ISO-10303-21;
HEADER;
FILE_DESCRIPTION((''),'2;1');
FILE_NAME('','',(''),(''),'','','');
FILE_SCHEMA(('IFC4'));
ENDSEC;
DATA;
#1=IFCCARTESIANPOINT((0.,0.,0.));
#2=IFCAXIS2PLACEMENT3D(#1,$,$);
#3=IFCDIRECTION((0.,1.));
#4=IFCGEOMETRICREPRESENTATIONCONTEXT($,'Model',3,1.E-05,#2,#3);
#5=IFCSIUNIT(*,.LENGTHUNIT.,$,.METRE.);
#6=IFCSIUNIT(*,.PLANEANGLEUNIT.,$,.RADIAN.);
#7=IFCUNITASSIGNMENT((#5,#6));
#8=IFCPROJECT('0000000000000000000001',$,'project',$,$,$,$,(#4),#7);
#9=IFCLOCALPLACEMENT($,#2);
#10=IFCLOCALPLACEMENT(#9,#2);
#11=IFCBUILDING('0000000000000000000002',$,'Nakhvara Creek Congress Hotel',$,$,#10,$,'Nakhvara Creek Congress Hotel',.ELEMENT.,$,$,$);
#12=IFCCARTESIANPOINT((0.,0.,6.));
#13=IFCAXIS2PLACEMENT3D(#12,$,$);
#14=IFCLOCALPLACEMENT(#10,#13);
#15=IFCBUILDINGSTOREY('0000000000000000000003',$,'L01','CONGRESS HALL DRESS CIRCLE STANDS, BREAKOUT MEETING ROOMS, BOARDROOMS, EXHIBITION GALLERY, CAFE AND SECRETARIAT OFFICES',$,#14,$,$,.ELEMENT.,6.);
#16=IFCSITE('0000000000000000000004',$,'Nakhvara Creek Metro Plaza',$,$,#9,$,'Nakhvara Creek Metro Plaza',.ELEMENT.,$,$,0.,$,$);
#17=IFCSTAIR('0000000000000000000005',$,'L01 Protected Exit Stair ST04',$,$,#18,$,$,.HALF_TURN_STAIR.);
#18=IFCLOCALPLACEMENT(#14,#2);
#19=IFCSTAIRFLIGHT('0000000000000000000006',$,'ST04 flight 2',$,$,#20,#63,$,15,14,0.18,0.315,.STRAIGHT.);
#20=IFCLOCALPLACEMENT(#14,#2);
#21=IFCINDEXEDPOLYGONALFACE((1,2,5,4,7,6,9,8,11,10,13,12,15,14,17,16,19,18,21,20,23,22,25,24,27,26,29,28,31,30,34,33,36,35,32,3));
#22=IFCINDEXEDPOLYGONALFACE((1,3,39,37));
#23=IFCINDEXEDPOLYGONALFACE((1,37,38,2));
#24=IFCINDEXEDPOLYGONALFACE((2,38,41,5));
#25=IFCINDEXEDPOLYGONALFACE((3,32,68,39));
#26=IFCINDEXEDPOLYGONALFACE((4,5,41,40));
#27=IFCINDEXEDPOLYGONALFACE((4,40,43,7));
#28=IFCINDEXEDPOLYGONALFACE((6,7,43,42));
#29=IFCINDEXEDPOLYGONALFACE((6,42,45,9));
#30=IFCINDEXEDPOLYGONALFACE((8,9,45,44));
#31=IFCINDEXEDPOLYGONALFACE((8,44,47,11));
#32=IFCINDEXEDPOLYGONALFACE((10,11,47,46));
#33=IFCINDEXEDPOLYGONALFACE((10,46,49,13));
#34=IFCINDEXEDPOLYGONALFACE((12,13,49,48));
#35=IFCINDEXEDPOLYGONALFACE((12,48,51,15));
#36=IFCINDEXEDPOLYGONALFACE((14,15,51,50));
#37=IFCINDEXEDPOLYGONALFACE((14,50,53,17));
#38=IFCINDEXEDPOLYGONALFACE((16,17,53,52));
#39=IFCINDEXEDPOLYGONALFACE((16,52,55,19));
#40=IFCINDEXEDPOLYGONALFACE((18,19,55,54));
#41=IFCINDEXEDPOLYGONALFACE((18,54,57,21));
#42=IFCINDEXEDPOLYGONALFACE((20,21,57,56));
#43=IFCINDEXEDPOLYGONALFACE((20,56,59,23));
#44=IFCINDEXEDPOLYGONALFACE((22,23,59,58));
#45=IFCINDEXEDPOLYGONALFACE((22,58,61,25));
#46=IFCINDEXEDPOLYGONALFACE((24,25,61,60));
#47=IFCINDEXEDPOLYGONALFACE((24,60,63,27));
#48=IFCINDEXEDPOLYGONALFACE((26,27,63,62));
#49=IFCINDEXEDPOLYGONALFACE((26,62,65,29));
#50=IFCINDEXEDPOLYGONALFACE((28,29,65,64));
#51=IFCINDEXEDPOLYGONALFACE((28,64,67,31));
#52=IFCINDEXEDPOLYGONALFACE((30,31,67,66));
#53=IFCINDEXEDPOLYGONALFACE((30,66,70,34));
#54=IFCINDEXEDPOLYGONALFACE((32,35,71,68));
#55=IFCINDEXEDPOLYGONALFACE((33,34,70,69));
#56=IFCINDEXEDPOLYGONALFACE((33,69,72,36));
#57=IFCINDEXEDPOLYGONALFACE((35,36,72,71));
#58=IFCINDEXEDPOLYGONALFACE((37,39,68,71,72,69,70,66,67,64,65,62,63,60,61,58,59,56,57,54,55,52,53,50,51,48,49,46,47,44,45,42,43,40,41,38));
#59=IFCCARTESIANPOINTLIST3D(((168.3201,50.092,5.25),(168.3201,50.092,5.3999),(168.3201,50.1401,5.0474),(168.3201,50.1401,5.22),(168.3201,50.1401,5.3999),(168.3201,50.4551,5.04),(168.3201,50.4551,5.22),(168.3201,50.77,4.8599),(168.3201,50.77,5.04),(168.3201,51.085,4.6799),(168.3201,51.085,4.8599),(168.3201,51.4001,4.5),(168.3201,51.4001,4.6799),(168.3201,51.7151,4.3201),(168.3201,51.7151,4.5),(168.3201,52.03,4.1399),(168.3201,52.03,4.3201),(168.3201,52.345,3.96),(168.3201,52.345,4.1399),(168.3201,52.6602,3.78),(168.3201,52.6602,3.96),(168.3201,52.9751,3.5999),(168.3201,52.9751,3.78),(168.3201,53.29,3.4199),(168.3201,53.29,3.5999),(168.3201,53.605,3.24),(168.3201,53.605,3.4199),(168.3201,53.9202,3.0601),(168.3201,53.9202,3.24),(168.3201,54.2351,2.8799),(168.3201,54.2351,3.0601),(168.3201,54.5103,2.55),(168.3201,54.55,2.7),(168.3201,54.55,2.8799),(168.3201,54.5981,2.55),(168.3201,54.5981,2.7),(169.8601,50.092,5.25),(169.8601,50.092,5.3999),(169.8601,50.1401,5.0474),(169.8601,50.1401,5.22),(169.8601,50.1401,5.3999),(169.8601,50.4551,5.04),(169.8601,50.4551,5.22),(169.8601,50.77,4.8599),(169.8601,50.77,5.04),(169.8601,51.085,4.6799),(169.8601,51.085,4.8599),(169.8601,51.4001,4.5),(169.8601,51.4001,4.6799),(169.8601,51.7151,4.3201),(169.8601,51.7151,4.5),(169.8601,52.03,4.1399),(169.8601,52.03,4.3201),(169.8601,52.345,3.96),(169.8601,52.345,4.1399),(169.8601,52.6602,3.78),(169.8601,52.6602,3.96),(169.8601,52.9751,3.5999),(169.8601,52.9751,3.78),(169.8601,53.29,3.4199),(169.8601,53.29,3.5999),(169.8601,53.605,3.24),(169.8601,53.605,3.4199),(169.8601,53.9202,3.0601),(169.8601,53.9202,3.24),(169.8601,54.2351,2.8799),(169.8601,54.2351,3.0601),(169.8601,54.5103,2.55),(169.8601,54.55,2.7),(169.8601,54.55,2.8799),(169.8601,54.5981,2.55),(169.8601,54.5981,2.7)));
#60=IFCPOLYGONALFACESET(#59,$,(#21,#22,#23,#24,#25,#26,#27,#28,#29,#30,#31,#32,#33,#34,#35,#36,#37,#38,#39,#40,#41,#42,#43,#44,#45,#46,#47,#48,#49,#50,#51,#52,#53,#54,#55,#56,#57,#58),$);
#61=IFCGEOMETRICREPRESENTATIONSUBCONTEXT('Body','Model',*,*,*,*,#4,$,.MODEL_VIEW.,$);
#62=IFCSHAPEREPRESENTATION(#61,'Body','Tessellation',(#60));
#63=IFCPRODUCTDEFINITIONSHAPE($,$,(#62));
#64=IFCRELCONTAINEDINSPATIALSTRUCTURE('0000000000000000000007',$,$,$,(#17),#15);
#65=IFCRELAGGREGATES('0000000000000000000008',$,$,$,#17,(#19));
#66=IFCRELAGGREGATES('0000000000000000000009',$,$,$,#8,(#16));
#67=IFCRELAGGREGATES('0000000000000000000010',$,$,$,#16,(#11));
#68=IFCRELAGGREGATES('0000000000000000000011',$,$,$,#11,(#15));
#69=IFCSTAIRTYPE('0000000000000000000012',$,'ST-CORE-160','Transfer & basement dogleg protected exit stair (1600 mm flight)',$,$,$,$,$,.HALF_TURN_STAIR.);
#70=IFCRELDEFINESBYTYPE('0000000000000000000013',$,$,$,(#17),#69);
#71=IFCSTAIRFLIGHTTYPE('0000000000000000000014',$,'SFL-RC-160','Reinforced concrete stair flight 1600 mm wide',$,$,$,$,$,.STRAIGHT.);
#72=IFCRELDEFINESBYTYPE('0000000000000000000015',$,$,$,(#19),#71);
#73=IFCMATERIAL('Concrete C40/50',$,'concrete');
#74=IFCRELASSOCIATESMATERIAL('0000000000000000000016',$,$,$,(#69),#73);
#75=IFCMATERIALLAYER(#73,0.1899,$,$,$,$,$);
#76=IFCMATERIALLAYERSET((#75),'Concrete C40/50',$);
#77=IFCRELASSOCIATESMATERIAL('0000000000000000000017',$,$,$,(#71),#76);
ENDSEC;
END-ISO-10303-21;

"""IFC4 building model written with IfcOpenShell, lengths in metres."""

from ifc_helpers import new_model, si_unit, direction, frame, origin, place, context, subcontext, project, spatial, polyline, outline, extrude, material, layer, layer_set, type_object, element, aggregate, save


model = new_model("IFC4")

# Units and contexts
model_context = context("Model", 3, precision=1e-05, world=origin(), true_north=direction((0.0, 1.0)))
body_context = subcontext(model_context, "Body", "Model", "MODEL_VIEW")
ifc_project = project(units=[si_unit("LENGTHUNIT", "METRE"), si_unit("PLANEANGLEUNIT", "RADIAN")], contexts=[model_context])

# Site, building, storey
site_placement = place(None, origin())
site = spatial("IfcSite", under=ifc_project, at=site_placement, Name="Nakhvara Creek Metro Plaza", LongName="Nakhvara Creek Metro Plaza", CompositionType="ELEMENT", RefElevation=0.0)
building_placement = place(site_placement, origin())
building = spatial("IfcBuilding", under=site, at=building_placement, Name="Nakhvara Creek Congress Hotel", LongName="Nakhvara Creek Congress Hotel", CompositionType="ELEMENT")
storey_placement = place(building_placement, frame((0.0, 0.0, 6.0)))
storey = spatial("IfcBuildingStorey", under=building, at=storey_placement, Name="L01", Description="CONGRESS HALL DRESS CIRCLE STANDS, BREAKOUT MEETING ROOMS, BOARDROOMS, EXHIBITION GALLERY, CAFE AND SECRETARIAT OFFICES", CompositionType="ELEMENT", Elevation=6.0)

# Shared definitions
ifc_material_1 = material(Name="Concrete C40/50", Category="concrete")

# Stair, stair flight
stair_type = type_object("IfcStairType", Name="ST-CORE-160", Description="Transfer & basement dogleg protected exit stair (1600 mm flight)", PredefinedType="HALF_TURN_STAIR", material=ifc_material_1)
stair_placement = place(storey_placement, origin())
stair = element("IfcStair", 1, at=stair_placement, inside=storey, type_object=stair_type, Name="L01 Protected Exit Stair ST04", PredefinedType="HALF_TURN_STAIR")
ifc_layer_1 = layer(ifc_material_1, 0.1899)
ifc_layer_set_1 = layer_set([ifc_layer_1], Name="Concrete C40/50")
stair_flight_type = type_object("IfcStairFlightType", Name="SFL-RC-160", Description="Reinforced concrete stair flight 1600 mm wide", PredefinedType="STRAIGHT", material=ifc_layer_set_1)
stair_flight_1_placement = place(storey_placement, frame((169.0901, 54.55, 2.7), z_axis=(0.0, 0.0, 1.0), x_axis=(0.0, -1.0, 0.0)))
stair_flight_1 = element("IfcStairFlight", 2, at=stair_flight_1_placement, type_object=stair_flight_type, Name="ST04 flight 2", NumberOfRisers=15, NumberOfTreads=14, PredefinedType="STRAIGHT", RiserHeight=0.18, TreadLength=0.315, context=body_context, shape_type="SweptSolid", body=[
    extrude(outline(polyline([(-0.0481, 0.0), (0.0, 0.0), (0.0, 0.1799), (0.3149, 0.1799), (0.3149, 0.3601), (0.6299, 0.3601), (0.6299, 0.54), (0.9451, 0.54), (0.9451, 0.72), (1.26, 0.72), (1.26, 0.8999), (1.575, 0.8999), (1.575, 1.0801), (1.8899, 1.0801), (1.8899, 1.26), (2.2051, 1.26), (2.2051, 1.4399), (2.52, 1.4399), (2.52, 1.6201), (2.835, 1.6201), (2.835, 1.8), (3.1499, 1.8), (3.1499, 1.98), (3.4651, 1.98), (3.4651, 2.1599), (3.78, 2.1599), (3.78, 2.3401), (4.095, 2.3401), (4.095, 2.52), (4.4099, 2.52), (4.4099, 2.7), (4.458, 2.7), (4.458, 2.55), (4.4099, 2.3474), (0.0398, -0.1499), (-0.0481, -0.1499), (-0.0481, 0.0)])), frame((0.0, 0.77, 0.0), z_axis=(0.0, -1.0, 0.0), x_axis=(1.0, 0.0, 0.0)), (0.0, 0.0, 1.0), 1.54),
])
aggregate(stair, [stair_flight_1])

save(model, "model.ifc")
